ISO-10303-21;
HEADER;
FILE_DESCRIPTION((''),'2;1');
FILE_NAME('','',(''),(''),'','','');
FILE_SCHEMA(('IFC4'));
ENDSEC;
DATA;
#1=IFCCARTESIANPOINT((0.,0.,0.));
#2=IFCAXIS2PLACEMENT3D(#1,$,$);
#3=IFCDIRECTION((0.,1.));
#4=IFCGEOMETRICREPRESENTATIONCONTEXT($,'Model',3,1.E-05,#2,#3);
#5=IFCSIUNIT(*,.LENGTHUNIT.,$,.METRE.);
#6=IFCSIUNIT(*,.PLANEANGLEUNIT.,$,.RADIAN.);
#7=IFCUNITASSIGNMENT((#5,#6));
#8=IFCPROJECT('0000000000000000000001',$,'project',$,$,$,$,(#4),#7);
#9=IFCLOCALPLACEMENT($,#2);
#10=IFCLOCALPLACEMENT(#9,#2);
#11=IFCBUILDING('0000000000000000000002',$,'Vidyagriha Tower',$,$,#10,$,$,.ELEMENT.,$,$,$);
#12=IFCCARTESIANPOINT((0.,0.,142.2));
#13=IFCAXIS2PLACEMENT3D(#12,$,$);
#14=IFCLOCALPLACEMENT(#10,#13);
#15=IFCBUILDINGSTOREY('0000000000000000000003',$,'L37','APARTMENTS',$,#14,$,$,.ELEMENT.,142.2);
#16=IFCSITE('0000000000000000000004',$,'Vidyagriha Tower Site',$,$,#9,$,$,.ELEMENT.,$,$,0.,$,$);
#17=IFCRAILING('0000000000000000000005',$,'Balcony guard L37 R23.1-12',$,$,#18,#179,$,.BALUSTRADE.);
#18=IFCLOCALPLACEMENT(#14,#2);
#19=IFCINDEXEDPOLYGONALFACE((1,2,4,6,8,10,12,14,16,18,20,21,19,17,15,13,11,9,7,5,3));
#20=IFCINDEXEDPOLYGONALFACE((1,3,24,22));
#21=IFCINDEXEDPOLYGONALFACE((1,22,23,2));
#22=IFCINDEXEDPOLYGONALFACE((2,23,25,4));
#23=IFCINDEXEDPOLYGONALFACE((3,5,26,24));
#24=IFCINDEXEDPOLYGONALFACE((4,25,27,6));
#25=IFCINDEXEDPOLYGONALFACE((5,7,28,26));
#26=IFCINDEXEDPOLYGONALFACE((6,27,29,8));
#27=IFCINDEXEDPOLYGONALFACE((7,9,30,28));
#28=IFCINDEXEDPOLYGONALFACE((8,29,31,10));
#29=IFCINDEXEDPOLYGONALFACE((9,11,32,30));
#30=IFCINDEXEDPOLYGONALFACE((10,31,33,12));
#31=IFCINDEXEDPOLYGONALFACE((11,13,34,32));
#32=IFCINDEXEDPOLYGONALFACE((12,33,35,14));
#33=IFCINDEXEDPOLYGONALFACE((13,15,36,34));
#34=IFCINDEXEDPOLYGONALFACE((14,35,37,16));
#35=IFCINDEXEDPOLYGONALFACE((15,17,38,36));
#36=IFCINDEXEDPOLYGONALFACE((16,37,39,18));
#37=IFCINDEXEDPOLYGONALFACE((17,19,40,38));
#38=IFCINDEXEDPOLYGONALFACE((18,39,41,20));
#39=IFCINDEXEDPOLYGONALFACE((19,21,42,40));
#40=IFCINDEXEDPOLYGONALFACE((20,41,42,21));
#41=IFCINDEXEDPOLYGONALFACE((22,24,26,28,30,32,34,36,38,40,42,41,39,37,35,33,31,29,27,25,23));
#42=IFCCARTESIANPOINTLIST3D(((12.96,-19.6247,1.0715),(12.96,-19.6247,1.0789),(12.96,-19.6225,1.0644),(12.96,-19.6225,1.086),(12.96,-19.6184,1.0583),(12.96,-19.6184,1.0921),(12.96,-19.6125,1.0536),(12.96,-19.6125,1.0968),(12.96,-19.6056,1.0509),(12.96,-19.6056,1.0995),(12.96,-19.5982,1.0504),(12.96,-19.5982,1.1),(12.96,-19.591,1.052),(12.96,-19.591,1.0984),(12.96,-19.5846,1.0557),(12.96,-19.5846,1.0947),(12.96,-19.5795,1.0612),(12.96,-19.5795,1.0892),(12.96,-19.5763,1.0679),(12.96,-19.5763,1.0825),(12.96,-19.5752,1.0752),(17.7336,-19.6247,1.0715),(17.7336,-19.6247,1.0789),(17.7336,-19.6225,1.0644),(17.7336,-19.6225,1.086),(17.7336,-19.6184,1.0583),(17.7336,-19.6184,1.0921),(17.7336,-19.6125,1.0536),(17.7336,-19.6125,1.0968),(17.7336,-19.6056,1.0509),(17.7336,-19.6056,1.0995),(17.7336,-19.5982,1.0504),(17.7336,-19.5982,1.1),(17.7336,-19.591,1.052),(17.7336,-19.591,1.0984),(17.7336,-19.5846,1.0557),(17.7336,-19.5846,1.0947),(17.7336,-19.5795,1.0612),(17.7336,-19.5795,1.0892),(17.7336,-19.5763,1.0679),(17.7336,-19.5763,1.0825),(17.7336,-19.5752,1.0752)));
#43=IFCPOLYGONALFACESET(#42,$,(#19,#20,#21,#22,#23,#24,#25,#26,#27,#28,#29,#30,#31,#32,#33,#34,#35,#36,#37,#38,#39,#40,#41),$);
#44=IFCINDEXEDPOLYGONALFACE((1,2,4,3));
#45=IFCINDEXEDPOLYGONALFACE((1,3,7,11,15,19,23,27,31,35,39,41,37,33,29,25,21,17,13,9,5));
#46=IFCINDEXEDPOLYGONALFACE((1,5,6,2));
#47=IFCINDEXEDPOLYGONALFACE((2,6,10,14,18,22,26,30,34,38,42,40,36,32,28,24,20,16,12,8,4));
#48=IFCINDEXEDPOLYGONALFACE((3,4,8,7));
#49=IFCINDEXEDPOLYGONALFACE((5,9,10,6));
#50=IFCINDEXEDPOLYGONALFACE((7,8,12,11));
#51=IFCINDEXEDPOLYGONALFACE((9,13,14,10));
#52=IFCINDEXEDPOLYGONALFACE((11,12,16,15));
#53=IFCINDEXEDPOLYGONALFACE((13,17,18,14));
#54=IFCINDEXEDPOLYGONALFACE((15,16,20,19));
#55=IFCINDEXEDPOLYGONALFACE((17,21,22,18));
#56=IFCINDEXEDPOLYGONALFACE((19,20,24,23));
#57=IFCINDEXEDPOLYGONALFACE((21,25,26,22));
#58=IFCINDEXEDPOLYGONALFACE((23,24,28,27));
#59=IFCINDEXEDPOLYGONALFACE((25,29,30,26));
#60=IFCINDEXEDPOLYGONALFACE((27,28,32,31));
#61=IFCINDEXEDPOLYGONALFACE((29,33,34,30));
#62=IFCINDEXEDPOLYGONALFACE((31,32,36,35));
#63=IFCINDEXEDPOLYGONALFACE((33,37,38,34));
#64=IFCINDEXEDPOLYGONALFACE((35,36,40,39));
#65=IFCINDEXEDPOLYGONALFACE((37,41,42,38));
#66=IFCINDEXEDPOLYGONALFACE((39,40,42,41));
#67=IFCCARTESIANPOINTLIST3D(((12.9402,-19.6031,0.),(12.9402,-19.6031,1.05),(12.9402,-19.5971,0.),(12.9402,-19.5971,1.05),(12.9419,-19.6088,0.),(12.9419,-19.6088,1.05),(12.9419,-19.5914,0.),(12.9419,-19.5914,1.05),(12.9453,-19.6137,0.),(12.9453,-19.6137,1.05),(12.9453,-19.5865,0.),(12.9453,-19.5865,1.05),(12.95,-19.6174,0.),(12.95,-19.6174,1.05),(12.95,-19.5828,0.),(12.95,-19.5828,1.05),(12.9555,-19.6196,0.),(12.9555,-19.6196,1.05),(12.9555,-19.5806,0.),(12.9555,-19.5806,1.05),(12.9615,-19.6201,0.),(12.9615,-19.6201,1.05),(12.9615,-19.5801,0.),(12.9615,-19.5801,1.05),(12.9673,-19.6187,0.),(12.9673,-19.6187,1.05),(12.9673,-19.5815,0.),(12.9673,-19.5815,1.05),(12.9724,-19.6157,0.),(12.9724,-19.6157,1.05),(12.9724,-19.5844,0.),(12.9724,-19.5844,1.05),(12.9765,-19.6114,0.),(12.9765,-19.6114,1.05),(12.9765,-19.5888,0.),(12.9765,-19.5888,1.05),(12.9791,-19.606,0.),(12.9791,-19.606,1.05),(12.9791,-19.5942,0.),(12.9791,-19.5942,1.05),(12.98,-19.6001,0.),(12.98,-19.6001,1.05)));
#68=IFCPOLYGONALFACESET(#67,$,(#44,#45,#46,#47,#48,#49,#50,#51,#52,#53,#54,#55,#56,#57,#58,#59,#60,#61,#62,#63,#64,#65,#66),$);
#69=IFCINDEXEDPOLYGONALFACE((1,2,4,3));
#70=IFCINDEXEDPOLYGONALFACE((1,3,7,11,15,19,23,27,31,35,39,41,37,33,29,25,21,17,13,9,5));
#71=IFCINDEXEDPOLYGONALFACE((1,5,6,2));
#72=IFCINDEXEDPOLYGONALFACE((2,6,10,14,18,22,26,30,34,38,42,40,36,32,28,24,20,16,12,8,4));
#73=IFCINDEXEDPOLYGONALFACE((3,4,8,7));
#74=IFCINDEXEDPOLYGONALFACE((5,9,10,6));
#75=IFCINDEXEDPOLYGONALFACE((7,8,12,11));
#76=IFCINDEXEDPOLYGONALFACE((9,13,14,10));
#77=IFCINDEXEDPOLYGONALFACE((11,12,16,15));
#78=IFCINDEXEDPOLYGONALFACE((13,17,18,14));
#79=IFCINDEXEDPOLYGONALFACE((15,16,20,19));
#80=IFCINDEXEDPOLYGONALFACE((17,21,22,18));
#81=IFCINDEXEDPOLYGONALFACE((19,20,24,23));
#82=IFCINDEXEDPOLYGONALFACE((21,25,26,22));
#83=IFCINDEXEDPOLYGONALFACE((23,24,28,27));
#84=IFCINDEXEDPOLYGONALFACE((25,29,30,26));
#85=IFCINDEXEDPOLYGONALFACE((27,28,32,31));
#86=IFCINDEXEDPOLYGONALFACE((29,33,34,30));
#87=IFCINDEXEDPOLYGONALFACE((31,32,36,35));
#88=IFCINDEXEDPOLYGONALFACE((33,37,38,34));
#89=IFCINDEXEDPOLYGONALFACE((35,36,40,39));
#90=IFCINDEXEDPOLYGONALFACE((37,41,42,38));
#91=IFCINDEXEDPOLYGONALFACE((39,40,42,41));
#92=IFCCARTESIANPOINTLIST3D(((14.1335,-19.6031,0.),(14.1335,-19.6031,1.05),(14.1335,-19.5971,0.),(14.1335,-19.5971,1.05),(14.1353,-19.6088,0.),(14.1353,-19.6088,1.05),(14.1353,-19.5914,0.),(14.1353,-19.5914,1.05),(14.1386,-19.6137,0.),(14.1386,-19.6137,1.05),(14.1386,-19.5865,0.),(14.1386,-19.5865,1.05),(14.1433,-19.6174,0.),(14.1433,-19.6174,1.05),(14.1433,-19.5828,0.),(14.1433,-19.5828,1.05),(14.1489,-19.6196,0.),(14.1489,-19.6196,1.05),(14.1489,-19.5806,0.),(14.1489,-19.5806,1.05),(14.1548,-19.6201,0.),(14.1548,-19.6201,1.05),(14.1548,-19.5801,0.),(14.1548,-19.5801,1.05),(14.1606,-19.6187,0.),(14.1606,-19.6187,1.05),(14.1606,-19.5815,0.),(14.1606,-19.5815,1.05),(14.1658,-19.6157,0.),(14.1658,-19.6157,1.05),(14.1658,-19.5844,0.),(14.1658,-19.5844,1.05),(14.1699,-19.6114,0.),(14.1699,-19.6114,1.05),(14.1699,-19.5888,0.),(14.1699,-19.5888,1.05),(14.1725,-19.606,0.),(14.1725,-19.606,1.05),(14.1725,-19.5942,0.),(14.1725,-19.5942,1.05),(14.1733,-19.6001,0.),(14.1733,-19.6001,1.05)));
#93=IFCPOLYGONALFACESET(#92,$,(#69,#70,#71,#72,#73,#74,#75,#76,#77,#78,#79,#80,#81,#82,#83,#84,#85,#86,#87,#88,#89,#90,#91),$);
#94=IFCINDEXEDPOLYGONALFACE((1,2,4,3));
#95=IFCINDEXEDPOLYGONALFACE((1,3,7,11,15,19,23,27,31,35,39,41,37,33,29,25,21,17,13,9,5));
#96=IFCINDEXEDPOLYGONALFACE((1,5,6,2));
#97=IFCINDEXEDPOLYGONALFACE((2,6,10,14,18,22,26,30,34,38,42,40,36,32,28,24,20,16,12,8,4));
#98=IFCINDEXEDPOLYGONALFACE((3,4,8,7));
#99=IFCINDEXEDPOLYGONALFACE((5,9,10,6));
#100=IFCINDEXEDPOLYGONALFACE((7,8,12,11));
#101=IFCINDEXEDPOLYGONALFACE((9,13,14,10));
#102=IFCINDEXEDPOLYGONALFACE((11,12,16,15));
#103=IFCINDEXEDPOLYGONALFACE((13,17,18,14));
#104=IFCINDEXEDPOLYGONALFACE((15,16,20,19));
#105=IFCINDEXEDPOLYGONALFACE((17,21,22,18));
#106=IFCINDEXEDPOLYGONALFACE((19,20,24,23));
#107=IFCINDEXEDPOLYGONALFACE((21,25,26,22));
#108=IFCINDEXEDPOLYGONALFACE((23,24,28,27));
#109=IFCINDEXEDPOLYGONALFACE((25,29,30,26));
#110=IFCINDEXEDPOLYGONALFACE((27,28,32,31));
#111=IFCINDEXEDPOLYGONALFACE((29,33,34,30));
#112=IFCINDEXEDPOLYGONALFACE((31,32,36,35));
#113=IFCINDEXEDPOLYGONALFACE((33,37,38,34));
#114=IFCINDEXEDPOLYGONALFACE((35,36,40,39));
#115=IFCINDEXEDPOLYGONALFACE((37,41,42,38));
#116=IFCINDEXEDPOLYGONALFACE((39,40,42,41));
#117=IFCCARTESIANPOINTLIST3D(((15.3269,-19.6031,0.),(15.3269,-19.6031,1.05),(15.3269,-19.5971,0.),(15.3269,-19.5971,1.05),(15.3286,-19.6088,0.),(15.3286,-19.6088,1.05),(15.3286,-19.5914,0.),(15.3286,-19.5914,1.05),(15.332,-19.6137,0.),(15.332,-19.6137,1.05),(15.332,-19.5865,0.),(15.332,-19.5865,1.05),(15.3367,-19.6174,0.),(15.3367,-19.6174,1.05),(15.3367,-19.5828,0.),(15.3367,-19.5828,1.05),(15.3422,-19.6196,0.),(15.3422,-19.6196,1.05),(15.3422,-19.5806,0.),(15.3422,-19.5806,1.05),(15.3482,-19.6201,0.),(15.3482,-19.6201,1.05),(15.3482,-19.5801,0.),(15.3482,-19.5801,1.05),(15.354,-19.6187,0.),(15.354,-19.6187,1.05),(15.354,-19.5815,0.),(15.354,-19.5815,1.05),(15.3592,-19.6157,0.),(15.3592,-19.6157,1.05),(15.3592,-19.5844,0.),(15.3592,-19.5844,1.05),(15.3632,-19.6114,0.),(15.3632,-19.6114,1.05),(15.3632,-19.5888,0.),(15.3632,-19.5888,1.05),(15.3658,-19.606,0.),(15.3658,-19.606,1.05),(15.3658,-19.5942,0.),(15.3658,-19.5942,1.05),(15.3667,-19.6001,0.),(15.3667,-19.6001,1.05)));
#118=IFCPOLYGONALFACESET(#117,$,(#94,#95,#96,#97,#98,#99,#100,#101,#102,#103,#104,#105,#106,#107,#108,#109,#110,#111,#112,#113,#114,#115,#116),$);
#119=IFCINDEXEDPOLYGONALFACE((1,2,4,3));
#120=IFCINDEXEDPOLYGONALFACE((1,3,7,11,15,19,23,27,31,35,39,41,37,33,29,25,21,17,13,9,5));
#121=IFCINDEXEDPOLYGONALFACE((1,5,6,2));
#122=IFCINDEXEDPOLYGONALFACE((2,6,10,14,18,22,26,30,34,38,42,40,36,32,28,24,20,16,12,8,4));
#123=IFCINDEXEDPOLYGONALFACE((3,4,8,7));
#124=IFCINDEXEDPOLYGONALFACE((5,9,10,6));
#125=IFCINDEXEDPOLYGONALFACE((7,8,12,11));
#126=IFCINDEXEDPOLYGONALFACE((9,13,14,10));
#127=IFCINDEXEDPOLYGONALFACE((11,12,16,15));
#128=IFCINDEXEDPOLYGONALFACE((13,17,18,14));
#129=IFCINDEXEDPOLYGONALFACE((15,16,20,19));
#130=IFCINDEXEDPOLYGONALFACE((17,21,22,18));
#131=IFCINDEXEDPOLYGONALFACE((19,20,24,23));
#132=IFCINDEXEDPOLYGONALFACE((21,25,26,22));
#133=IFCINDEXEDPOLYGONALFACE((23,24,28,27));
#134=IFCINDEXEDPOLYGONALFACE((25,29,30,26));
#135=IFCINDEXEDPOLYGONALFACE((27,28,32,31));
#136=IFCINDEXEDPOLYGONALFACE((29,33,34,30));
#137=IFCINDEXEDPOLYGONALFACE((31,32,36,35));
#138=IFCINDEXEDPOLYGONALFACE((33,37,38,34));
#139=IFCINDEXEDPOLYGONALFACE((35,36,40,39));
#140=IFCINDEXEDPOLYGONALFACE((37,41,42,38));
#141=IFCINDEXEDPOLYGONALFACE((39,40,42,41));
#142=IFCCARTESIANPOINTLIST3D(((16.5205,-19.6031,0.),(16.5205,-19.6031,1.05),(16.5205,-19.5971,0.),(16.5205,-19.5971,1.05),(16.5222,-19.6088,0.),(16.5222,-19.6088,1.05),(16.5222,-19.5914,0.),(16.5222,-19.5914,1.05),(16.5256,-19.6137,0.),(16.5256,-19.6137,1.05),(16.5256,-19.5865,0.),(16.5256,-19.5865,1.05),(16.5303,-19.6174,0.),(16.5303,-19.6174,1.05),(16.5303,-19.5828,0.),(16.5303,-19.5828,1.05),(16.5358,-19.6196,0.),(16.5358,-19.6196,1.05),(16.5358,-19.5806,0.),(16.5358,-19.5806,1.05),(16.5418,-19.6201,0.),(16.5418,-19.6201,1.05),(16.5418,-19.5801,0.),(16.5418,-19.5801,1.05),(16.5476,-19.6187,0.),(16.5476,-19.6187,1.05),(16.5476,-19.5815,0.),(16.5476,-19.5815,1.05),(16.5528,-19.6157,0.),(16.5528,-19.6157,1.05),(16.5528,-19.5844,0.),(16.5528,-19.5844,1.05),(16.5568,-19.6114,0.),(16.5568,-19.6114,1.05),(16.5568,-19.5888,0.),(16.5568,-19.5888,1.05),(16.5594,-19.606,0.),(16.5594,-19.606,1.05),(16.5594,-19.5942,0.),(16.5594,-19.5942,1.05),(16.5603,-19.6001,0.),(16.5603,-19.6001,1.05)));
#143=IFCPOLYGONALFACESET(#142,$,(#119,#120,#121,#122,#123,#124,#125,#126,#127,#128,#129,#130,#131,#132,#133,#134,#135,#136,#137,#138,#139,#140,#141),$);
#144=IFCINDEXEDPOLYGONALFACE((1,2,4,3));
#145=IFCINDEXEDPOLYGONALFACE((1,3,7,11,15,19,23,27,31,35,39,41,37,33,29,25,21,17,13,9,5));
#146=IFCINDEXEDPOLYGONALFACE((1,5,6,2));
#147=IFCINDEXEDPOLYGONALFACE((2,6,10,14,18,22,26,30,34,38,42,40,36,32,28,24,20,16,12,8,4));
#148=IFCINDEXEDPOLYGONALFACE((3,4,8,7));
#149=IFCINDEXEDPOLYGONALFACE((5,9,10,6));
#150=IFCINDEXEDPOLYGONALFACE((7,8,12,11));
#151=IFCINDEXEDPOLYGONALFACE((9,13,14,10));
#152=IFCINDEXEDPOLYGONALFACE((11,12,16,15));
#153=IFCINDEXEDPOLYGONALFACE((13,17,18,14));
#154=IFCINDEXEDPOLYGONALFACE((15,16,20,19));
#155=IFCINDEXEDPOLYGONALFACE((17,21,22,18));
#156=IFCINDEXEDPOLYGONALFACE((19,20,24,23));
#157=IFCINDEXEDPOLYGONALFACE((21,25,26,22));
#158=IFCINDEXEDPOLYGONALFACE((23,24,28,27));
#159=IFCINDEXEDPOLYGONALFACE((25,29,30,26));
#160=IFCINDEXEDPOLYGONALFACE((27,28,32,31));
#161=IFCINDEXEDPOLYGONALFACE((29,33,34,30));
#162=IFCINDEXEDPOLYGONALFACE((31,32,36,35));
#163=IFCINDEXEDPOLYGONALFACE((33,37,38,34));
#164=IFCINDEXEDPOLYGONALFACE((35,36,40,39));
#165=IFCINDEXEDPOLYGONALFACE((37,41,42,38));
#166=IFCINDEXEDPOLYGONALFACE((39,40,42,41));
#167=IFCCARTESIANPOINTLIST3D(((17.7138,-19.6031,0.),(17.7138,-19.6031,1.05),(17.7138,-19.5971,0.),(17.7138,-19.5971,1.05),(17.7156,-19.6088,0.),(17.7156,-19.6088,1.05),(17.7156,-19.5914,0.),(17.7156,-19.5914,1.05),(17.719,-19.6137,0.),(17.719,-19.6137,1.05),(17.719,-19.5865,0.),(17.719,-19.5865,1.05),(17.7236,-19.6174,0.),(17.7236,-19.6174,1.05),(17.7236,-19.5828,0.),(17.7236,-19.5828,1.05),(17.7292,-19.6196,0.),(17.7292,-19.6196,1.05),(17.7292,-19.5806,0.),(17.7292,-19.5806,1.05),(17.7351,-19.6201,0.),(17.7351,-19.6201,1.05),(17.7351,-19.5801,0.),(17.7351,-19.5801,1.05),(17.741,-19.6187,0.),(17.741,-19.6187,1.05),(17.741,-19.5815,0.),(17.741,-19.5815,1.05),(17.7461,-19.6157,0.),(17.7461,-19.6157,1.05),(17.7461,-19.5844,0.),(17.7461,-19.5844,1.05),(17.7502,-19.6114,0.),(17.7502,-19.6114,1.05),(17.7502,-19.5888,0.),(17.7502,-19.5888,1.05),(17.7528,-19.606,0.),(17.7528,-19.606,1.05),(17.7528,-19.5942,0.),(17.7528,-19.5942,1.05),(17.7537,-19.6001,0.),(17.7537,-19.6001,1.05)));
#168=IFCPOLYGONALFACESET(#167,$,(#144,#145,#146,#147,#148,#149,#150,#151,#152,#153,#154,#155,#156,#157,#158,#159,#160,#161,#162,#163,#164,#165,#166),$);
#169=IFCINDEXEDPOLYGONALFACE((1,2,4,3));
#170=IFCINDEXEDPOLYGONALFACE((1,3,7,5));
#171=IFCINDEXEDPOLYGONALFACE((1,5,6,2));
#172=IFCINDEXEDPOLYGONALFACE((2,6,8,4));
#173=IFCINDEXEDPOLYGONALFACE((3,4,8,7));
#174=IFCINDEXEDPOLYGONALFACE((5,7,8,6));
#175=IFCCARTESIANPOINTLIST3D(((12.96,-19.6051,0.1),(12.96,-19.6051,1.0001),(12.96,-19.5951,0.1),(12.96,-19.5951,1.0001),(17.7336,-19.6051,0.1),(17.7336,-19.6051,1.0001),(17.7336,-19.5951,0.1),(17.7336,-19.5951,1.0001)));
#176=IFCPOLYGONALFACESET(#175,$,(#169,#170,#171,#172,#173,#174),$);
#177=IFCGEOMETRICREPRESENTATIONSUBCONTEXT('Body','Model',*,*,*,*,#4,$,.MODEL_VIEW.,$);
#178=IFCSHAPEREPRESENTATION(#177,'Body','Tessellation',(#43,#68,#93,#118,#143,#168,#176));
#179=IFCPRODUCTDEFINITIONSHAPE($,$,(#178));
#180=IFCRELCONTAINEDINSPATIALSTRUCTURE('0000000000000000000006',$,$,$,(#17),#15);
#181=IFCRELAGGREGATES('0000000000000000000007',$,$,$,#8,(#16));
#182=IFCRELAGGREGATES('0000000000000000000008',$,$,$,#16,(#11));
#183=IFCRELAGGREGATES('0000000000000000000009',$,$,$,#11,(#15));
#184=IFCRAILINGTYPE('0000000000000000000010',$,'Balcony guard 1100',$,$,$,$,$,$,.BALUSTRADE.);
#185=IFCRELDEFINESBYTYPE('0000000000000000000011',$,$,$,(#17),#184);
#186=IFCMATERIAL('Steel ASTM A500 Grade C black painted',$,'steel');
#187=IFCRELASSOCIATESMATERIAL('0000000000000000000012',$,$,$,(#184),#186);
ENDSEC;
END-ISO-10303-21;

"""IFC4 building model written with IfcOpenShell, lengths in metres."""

from ifc_helpers import new_model, si_unit, direction, frame, origin, origin_2d, place, context, subcontext, project, spatial, rectangle, circle, extrude, material, type_object, element, save


model = new_model("IFC4")

# Units and contexts
model_context = context("Model", 3, precision=1e-05, world=origin(), true_north=direction((0.0, 1.0)))
body_context = subcontext(model_context, "Body", "Model", "MODEL_VIEW")
ifc_project = project(units=[si_unit("LENGTHUNIT", "METRE"), si_unit("PLANEANGLEUNIT", "RADIAN")], contexts=[model_context])

# Site, building, storey
site_placement = place(None, origin())
site = spatial("IfcSite", under=ifc_project, at=site_placement, Name="Vidyagriha Tower Site", CompositionType="ELEMENT", RefElevation=0.0)
building_placement = place(site_placement, origin())
building = spatial("IfcBuilding", under=site, at=building_placement, Name="Vidyagriha Tower", CompositionType="ELEMENT")
storey_placement = place(building_placement, frame((0.0, 0.0, 142.2)))
storey = spatial("IfcBuildingStorey", under=building, at=storey_placement, Name="L37", Description="APARTMENTS", CompositionType="ELEMENT", Elevation=142.2)

# Railing
ifc_material_1 = material(Name="Steel ASTM A500 Grade C black painted", Category="steel")
railing_type = type_object("IfcRailingType", Name="Balcony guard 1100", PredefinedType="BALUSTRADE", material=ifc_material_1)
railing_1_placement = place(storey_placement, frame((12.96, -19.6001, 0.0)))
element("IfcRailing", 1, at=railing_1_placement, inside=storey, type_object=railing_type, Name="Balcony guard L37 R23.1-12", PredefinedType="BALUSTRADE", context=body_context, shape_type="SweptSolid", body=[
    extrude(circle(Radius=0.0249, at=origin_2d()), frame((0.0, 0.0, 1.0752), z_axis=(1.0, 0.0, 0.0), x_axis=(0.0, 1.0, 0.0)), (0.0, 0.0, 1.0), 4.7737),
    extrude(circle(Radius=0.02, at=origin_2d()), origin(), (0.0, 0.0, 1.0), 1.05),
    extrude(circle(Radius=0.02, at=origin_2d()), frame((1.1934, 0.0, 0.0)), (0.0, 0.0, 1.0), 1.05),
    extrude(circle(Radius=0.02, at=origin_2d()), frame((2.3867, 0.0, 0.0)), (0.0, 0.0, 1.0), 1.05),
    extrude(circle(Radius=0.02, at=origin_2d()), frame((3.5803, 0.0, 0.0)), (0.0, 0.0, 1.0), 1.05),
    extrude(circle(Radius=0.02, at=origin_2d()), frame((4.7737, 0.0, 0.0)), (0.0, 0.0, 1.0), 1.05),
    extrude(rectangle(XDim=0.01, YDim=0.9001, at=origin_2d()), frame((0.0, 0.0, 0.55), z_axis=(1.0, 0.0, 0.0), x_axis=(0.0, 1.0, 0.0)), (0.0, 0.0, 1.0), 4.7737),
])

save(model, "model.ifc")
